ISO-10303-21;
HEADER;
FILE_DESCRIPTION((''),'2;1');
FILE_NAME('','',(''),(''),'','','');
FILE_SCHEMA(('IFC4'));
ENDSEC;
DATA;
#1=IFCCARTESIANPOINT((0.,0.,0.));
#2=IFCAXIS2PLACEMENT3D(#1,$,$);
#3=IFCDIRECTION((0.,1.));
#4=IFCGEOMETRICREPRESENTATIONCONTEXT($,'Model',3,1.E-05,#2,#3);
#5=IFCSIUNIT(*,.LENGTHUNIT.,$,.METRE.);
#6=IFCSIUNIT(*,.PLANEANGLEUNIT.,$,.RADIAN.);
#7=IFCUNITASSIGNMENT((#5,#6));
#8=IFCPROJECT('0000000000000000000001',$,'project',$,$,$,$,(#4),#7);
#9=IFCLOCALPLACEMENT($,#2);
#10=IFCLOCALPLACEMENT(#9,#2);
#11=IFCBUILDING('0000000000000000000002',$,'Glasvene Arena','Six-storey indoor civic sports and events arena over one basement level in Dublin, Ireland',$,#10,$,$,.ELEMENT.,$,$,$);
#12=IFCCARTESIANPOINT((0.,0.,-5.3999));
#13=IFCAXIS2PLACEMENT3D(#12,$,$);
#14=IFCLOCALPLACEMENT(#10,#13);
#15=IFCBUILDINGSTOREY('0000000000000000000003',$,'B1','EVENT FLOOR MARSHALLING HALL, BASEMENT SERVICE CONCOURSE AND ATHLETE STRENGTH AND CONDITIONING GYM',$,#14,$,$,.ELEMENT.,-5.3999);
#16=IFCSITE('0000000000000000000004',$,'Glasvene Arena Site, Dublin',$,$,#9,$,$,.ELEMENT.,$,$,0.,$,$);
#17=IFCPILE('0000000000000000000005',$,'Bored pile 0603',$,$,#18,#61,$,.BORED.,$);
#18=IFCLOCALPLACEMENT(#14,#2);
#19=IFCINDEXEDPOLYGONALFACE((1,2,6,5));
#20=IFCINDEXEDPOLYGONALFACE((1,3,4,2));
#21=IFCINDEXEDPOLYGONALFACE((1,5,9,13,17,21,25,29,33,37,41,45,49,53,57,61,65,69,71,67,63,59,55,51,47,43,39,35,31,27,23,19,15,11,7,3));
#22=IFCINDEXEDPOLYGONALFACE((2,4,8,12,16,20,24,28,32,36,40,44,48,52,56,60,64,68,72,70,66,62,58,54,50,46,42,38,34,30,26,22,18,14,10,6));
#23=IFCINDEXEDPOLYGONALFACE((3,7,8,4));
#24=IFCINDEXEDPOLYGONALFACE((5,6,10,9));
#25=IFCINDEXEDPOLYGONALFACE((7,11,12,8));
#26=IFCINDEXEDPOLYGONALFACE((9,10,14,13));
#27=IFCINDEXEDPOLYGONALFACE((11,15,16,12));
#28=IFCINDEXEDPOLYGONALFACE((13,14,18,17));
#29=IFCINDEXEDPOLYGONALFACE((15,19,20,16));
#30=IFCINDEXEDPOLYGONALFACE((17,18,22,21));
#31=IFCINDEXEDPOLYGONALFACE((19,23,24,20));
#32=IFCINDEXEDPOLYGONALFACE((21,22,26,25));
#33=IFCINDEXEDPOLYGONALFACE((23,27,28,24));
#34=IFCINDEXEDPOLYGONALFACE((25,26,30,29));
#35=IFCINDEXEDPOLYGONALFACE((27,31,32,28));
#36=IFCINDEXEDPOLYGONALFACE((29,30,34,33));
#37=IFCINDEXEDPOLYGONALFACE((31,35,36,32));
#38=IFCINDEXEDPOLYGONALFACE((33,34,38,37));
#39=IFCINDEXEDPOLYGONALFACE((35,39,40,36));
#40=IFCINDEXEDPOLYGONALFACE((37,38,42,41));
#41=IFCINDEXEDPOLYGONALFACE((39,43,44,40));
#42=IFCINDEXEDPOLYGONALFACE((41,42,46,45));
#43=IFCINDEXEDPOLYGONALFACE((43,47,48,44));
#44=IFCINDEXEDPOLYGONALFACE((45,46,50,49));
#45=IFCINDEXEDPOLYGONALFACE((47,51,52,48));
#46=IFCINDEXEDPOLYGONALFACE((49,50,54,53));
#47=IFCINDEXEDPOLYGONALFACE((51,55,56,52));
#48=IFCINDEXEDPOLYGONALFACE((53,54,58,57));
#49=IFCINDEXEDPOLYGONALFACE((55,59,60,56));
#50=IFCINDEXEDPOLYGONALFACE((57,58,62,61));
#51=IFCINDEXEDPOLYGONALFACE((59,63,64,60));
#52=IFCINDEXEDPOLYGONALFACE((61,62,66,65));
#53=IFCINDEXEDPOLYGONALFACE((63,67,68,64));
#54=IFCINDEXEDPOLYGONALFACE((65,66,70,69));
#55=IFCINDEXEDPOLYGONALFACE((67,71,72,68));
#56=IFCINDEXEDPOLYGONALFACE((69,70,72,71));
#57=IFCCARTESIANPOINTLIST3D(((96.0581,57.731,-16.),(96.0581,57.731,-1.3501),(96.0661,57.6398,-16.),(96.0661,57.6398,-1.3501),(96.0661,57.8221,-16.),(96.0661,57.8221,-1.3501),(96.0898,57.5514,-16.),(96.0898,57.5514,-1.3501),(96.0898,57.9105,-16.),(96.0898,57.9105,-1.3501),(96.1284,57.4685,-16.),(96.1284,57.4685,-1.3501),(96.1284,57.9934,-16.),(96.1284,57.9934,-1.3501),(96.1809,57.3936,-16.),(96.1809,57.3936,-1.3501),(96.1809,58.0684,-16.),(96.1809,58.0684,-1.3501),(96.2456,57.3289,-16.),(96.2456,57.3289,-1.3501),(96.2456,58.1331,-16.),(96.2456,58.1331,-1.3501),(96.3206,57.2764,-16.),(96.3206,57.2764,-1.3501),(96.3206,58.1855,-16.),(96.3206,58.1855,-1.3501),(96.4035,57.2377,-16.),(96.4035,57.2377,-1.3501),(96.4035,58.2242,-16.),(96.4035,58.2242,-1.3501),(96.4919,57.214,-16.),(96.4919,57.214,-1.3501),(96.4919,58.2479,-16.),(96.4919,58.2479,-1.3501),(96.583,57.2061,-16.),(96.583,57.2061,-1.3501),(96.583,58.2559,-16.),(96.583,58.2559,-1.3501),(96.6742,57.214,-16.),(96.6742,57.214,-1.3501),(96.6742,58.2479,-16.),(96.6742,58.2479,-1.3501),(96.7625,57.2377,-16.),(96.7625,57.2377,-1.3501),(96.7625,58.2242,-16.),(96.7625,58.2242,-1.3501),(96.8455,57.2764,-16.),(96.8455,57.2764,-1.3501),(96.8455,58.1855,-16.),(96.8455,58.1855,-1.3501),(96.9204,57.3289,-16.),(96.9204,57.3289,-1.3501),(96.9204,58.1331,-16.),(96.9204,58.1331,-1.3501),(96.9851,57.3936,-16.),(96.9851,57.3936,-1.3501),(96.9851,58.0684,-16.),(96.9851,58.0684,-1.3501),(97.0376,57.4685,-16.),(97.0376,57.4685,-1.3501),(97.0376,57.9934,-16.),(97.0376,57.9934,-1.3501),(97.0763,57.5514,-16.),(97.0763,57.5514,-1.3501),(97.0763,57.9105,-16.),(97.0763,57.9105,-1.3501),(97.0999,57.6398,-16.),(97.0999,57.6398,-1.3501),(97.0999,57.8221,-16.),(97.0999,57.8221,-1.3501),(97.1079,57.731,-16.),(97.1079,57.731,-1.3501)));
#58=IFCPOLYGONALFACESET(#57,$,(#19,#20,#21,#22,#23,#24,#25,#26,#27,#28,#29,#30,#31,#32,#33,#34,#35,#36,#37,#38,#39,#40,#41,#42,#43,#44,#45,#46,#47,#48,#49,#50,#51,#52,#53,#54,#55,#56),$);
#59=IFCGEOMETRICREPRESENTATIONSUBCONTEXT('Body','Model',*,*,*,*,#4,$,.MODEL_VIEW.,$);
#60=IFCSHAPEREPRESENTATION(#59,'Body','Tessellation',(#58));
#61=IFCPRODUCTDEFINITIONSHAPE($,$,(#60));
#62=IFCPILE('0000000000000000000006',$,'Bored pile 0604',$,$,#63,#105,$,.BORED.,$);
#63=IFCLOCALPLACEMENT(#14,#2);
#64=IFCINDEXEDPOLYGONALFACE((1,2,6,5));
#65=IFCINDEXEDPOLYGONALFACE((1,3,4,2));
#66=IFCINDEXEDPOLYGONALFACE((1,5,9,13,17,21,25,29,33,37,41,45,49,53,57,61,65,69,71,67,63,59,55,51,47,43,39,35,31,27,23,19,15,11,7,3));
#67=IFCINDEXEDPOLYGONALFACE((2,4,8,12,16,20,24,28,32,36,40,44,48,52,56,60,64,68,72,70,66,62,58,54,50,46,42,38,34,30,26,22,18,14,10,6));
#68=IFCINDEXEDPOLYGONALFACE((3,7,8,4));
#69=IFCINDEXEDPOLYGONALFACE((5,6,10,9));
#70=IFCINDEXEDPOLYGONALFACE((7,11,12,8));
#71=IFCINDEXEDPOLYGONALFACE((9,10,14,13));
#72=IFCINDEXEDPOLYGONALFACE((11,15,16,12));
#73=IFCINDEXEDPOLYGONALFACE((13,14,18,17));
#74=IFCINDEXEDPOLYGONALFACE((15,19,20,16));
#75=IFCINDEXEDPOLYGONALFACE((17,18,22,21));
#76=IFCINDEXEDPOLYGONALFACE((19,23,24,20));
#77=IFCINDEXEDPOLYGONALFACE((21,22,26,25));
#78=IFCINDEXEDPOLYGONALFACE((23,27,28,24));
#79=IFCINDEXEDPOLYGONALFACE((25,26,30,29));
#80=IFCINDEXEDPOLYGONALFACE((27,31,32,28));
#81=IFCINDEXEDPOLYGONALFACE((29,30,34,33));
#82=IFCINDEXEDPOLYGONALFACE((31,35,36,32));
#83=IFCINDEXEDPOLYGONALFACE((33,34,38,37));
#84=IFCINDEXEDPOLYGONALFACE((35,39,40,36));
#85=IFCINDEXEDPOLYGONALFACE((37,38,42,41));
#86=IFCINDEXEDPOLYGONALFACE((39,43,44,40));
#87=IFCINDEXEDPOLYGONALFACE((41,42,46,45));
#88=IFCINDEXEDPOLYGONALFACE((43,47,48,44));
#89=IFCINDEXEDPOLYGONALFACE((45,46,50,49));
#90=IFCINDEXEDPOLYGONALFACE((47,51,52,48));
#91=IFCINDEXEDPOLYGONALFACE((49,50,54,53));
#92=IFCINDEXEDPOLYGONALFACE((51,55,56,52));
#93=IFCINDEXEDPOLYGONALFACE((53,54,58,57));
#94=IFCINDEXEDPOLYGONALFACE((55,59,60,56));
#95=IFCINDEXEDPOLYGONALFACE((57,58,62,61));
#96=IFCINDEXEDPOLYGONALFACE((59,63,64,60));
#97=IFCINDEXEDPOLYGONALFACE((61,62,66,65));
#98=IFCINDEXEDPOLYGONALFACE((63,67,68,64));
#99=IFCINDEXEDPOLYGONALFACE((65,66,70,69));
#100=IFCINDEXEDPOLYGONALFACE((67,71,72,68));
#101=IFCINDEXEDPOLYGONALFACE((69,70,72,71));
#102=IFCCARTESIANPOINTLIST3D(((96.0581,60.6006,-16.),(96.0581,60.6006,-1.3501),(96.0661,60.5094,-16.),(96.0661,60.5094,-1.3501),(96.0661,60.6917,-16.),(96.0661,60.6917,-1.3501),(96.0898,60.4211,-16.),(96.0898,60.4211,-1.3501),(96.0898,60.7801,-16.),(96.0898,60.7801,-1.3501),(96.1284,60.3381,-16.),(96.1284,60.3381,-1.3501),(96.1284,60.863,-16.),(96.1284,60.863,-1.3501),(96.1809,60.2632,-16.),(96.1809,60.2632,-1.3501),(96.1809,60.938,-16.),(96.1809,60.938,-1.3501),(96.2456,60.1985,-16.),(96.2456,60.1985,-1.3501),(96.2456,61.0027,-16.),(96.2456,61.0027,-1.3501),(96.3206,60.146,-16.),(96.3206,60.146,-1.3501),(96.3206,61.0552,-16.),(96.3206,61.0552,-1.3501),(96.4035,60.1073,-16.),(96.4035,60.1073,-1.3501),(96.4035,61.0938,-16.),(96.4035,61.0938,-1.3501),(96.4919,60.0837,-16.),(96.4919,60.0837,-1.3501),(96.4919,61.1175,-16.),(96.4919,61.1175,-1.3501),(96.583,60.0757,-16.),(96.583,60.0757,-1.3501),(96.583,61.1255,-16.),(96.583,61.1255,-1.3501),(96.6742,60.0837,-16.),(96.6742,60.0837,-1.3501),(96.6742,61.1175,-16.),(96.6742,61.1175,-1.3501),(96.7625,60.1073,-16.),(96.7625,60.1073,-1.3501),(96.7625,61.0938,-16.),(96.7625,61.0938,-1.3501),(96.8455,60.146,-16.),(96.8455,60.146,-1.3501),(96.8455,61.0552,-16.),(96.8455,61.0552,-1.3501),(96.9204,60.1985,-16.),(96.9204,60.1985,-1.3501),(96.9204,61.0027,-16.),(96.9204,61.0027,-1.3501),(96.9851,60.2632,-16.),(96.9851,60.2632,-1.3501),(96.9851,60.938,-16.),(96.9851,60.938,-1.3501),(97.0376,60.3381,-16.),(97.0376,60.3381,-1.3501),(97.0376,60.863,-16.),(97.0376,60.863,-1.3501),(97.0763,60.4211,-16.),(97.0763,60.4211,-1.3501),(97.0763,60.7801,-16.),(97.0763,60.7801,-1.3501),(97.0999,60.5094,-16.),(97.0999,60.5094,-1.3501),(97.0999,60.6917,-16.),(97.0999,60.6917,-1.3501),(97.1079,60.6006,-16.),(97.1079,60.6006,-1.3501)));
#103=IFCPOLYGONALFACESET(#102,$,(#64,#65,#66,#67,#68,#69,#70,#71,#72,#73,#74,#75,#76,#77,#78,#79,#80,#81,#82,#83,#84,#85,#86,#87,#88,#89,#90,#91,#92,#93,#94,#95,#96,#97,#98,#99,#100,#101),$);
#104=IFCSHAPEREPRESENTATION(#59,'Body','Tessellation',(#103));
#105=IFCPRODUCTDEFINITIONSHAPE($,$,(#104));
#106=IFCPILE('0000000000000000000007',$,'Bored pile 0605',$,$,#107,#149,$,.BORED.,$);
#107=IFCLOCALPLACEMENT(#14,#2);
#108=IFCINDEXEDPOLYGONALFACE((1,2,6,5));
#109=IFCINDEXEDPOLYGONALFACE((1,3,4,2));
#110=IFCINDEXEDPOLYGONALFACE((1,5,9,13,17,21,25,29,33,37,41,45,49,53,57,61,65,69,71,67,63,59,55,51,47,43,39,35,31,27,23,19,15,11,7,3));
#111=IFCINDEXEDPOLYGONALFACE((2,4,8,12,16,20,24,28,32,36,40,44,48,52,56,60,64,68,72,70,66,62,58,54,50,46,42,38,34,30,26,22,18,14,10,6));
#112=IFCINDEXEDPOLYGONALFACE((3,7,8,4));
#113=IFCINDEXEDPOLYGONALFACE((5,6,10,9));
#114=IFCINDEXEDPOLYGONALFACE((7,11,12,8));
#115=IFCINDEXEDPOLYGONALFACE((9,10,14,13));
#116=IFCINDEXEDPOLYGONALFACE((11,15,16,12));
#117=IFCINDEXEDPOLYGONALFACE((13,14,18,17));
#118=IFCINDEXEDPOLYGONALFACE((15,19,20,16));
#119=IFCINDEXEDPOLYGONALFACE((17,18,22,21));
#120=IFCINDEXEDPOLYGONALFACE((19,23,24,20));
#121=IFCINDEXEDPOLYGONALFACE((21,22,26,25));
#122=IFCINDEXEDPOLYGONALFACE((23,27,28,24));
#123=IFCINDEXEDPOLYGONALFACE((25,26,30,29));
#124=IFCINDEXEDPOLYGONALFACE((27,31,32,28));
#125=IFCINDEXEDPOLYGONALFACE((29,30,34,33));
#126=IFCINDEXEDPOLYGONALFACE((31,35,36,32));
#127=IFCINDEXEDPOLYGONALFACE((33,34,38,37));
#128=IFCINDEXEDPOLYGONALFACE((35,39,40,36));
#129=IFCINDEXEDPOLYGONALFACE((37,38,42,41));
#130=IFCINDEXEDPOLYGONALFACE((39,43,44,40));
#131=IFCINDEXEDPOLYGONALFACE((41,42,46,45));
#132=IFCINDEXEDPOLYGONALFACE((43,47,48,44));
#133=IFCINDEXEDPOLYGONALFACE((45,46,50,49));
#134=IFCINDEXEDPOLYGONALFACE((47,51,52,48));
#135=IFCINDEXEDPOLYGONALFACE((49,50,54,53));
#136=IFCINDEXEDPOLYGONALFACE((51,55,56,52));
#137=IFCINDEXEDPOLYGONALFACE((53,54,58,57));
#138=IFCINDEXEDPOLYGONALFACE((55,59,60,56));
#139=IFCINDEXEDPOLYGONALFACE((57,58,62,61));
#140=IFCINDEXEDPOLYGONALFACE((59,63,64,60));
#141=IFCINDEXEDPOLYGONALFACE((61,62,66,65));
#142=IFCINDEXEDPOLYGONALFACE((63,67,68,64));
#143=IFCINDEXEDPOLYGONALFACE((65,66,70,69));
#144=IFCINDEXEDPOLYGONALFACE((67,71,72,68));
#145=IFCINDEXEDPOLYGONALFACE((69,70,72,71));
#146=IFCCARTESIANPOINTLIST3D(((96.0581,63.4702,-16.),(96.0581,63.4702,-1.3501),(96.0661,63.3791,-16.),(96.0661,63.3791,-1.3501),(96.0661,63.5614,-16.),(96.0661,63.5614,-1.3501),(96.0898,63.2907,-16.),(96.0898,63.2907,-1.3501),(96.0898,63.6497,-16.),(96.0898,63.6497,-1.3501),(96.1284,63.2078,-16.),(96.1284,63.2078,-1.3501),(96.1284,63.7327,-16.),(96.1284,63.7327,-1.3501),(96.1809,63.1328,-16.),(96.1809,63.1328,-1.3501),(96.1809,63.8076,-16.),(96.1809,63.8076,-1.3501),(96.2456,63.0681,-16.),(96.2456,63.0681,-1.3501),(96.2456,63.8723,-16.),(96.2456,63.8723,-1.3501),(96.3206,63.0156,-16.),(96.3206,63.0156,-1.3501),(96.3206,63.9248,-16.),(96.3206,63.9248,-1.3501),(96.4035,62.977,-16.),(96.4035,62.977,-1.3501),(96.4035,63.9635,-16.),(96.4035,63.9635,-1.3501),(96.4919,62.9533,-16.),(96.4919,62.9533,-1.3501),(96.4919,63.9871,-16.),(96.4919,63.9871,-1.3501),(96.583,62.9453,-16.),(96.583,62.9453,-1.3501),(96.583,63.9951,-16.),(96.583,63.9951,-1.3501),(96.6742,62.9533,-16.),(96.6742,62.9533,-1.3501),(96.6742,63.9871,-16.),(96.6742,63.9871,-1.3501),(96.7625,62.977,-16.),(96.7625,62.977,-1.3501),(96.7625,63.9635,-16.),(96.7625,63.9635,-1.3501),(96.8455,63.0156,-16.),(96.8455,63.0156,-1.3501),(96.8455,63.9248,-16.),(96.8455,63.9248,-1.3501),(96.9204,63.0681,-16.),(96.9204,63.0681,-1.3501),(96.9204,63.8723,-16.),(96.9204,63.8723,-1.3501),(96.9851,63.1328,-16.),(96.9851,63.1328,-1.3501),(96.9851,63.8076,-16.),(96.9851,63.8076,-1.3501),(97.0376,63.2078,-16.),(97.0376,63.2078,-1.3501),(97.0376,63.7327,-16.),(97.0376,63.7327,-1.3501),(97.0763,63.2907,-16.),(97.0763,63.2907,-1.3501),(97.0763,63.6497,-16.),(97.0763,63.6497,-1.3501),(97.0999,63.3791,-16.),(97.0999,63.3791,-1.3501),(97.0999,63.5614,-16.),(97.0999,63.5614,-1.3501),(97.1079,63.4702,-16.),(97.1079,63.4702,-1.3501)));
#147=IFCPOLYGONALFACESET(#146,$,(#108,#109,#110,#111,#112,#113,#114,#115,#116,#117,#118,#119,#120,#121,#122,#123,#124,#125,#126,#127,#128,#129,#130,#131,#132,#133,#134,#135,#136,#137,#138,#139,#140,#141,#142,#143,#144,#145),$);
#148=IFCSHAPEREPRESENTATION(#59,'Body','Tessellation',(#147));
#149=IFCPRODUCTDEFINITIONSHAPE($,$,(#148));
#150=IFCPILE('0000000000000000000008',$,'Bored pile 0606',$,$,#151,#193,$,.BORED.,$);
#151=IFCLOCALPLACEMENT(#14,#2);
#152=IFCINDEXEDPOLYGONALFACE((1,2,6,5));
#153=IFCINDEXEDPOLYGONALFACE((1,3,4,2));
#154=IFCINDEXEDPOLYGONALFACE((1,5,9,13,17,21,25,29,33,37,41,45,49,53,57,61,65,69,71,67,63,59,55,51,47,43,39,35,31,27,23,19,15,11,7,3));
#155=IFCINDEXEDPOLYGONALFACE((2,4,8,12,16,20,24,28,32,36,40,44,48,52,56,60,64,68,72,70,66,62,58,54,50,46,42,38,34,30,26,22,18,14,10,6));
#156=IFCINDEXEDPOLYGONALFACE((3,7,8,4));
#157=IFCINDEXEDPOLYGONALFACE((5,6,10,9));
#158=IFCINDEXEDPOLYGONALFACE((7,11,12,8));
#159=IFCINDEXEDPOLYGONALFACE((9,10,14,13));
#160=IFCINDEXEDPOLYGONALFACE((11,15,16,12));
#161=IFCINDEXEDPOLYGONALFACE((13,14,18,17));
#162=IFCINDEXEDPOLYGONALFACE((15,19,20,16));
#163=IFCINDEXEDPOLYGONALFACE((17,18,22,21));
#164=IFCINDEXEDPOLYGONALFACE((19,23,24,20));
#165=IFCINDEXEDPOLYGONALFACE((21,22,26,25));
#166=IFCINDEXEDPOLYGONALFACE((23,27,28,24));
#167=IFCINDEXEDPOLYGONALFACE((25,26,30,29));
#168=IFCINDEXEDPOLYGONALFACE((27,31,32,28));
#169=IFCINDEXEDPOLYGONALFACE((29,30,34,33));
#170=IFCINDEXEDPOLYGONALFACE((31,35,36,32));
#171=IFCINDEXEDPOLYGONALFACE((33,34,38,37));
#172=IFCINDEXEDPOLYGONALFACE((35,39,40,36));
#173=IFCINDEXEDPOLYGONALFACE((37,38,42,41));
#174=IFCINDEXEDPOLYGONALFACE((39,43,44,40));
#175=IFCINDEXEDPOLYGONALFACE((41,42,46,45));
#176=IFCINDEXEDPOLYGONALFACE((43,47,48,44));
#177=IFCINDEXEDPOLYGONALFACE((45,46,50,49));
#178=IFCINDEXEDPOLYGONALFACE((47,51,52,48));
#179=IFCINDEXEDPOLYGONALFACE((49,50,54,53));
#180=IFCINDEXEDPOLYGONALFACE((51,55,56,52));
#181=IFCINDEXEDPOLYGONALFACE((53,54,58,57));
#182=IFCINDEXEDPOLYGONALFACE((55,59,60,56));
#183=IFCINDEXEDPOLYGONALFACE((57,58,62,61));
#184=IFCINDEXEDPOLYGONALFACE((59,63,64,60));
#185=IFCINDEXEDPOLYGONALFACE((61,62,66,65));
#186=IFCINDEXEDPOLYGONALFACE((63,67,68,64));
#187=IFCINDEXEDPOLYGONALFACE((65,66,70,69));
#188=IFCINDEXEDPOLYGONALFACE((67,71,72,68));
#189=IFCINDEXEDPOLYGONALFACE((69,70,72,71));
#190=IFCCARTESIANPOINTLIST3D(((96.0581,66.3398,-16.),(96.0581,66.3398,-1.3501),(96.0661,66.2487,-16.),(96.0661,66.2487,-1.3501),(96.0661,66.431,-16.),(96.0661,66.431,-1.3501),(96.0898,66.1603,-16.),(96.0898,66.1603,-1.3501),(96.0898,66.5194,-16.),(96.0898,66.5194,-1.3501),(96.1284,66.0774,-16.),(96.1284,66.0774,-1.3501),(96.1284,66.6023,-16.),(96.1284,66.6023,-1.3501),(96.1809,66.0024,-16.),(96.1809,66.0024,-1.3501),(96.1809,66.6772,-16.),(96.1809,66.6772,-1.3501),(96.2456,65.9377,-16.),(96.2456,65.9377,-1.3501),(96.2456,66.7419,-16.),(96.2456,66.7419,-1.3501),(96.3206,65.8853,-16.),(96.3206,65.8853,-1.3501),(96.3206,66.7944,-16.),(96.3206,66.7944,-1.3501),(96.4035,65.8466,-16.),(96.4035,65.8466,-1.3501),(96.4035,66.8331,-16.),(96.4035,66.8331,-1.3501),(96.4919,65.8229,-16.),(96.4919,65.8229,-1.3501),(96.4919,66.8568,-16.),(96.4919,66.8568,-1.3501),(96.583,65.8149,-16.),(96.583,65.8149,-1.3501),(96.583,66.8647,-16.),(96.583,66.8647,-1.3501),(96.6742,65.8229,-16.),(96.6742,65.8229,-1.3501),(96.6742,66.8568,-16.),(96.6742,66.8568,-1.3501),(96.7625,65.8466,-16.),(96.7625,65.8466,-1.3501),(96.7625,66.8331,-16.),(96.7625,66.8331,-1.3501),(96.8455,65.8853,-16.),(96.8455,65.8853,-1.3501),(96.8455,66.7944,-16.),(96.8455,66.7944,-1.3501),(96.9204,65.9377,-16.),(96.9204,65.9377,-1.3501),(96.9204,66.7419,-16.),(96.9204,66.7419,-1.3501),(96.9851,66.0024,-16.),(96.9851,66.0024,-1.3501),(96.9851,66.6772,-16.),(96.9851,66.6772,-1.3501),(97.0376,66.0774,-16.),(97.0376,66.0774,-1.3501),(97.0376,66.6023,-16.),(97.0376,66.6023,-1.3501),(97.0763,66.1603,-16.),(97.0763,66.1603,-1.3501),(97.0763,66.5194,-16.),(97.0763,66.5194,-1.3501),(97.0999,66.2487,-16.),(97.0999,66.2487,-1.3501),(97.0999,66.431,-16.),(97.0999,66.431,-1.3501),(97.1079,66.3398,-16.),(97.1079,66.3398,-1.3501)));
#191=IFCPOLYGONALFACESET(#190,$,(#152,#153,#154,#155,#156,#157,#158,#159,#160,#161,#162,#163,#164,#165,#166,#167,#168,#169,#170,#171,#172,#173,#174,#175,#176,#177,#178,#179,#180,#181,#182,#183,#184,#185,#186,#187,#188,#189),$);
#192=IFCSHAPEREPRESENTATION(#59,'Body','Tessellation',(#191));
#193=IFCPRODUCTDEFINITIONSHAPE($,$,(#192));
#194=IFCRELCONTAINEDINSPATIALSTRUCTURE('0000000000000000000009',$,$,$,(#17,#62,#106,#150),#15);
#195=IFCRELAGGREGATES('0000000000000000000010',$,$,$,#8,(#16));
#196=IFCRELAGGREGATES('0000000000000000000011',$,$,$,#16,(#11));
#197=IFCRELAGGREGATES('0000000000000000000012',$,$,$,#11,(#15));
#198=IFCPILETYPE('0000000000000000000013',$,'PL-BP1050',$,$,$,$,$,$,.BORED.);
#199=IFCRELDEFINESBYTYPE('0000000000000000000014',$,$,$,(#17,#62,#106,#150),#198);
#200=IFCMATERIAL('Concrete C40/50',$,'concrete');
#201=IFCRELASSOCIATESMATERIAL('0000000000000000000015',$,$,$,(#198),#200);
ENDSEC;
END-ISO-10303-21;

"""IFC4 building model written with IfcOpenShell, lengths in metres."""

from ifc_helpers import new_model, si_unit, direction, frame, origin, origin_2d, place, context, subcontext, project, spatial, circle, extrude, material, material_profile, profile_set, type_object, element, save


model = new_model("IFC4")

# Units and contexts
model_context = context("Model", 3, precision=1e-05, world=origin(), true_north=direction((0.0, 1.0)))
body_context = subcontext(model_context, "Body", "Model", "MODEL_VIEW")
ifc_project = project(units=[si_unit("LENGTHUNIT", "METRE"), si_unit("PLANEANGLEUNIT", "RADIAN")], contexts=[model_context])

# Site, building, storey
site_placement = place(None, origin())
site = spatial("IfcSite", under=ifc_project, at=site_placement, Name="Glasvene Arena Site, Dublin", CompositionType="ELEMENT", RefElevation=0.0)
building_placement = place(site_placement, origin())
building = spatial("IfcBuilding", under=site, at=building_placement, Name="Glasvene Arena", Description="Six-storey indoor civic sports and events arena over one basement level in Dublin, Ireland", CompositionType="ELEMENT")
storey_placement = place(building_placement, frame((0.0, 0.0, -5.3999)))
storey = spatial("IfcBuildingStorey", under=building, at=storey_placement, Name="B1", Description="EVENT FLOOR MARSHALLING HALL, BASEMENT SERVICE CONCOURSE AND ATHLETE STRENGTH AND CONDITIONING GYM", CompositionType="ELEMENT", Elevation=-5.3999)

# Piles
ifc_material = material(Name="Concrete C40/50", Category="concrete")
ifc_material_profile_1 = material_profile(ifc_material, circle(Radius=0.5249, at=origin_2d()), Name="BORED PILE 1050")
ifc_profile_set_1 = profile_set([ifc_material_profile_1], Name="Concrete C40/50")
pile_type = type_object("IfcPileType", Name="PL-BP1050", PredefinedType="BORED", material=ifc_profile_set_1)
for number, where, z_axis, x_axis, name in (
    (1, (96.583, 57.731, -1.3501), (0.0, 0.0, -1.0), (1.0, 0.0, 0.0), "Bored pile 0603"),
    (2, (96.583, 60.6006, -1.3501), (0.0, 0.0, -1.0), (1.0, 0.0, 0.0), "Bored pile 0604"),
    (3, (96.583, 63.4702, -1.3501), (0.0, 0.0, -1.0), (1.0, 0.0, 0.0), "Bored pile 0605"),
    (4, (96.583, 66.3398, -1.3501), (0.0, 0.0, -1.0), (1.0, 0.0, 0.0), "Bored pile 0606"),
):
    element("IfcPile", number, at=place(storey_placement, frame(where, z_axis=z_axis, x_axis=x_axis)), inside=storey, type_object=pile_type, Name=name, PredefinedType="BORED", context=body_context, shape_type="SweptSolid", body=[
        extrude(circle(Radius=0.5249, at=origin_2d()), origin(), (0.0, 0.0, 1.0), 14.6499),
    ])

save(model, "model.ifc")
